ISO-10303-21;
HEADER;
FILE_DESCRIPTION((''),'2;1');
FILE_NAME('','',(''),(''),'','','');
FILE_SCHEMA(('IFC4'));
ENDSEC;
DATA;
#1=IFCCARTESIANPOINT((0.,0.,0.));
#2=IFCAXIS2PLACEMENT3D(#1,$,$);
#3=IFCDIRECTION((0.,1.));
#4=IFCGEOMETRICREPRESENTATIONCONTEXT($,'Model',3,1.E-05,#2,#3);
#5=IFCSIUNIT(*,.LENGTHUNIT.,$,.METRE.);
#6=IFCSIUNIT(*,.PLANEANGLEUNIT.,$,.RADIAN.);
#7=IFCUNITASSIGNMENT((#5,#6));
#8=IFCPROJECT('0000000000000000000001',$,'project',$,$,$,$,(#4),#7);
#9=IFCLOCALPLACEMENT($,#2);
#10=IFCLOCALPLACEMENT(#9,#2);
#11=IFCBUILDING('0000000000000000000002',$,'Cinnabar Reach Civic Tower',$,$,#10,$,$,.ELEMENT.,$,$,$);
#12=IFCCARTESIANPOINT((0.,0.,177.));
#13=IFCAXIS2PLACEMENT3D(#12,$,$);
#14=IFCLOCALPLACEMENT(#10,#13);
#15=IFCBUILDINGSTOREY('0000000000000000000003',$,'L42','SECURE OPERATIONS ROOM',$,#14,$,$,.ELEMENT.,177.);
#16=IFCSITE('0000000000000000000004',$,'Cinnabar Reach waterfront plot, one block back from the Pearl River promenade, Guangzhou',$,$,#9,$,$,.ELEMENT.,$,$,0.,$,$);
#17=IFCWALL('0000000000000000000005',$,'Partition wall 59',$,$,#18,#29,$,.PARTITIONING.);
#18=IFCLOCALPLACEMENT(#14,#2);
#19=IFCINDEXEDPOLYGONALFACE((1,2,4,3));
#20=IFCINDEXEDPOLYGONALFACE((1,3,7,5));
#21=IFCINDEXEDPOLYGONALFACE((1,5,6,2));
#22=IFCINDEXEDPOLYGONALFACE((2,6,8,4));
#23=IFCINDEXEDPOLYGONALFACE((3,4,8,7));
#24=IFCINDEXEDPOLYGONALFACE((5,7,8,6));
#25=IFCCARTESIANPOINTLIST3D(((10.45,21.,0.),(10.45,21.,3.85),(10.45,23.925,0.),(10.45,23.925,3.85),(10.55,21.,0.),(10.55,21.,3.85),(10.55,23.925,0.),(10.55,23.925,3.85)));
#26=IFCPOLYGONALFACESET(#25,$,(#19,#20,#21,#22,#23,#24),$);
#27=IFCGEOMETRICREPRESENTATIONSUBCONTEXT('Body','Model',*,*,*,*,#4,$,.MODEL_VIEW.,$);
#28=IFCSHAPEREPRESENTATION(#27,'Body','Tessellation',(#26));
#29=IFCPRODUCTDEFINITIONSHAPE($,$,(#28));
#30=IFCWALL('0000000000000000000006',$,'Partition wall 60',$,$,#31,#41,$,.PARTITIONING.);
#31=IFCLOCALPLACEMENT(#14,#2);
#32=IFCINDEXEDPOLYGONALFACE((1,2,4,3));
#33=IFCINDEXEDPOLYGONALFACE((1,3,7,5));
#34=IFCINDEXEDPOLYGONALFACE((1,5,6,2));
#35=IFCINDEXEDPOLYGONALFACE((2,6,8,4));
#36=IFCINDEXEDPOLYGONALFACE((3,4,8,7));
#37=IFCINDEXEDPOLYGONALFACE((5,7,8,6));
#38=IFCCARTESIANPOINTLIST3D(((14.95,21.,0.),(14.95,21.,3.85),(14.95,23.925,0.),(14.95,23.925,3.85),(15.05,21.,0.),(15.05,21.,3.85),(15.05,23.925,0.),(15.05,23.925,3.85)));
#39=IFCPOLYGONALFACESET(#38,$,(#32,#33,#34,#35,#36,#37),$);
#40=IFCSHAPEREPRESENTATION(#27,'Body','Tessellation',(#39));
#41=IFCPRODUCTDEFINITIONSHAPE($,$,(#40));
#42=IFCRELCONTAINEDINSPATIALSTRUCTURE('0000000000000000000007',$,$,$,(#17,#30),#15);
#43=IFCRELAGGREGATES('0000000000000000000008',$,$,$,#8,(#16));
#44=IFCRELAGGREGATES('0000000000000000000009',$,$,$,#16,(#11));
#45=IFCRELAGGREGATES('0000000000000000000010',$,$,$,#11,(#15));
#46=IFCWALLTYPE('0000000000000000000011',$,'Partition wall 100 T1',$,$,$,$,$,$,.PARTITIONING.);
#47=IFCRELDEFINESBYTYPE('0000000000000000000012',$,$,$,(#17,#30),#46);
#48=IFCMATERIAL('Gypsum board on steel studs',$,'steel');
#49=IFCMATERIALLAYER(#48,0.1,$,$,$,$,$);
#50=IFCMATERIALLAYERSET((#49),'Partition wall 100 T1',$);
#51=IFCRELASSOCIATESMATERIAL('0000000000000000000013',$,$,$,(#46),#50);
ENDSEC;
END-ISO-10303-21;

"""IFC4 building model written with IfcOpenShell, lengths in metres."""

from ifc_helpers import new_model, si_unit, direction, frame, frame_2d, origin, place, context, subcontext, project, spatial, rectangle, extrude, material, layer, layer_set, type_object, element, save


model = new_model("IFC4")

# Units and contexts
model_context = context("Model", 3, precision=1e-05, world=origin(), true_north=direction((0.0, 1.0)))
body_context = subcontext(model_context, "Body", "Model", "MODEL_VIEW")
ifc_project = project(units=[si_unit("LENGTHUNIT", "METRE"), si_unit("PLANEANGLEUNIT", "RADIAN")], contexts=[model_context])

# Site, building, storey
site_placement = place(None, origin())
site = spatial("IfcSite", under=ifc_project, at=site_placement, Name="Cinnabar Reach waterfront plot, one block back from the Pearl River promenade, Guangzhou", CompositionType="ELEMENT", RefElevation=0.0)
building_placement = place(site_placement, origin())
building = spatial("IfcBuilding", under=site, at=building_placement, Name="Cinnabar Reach Civic Tower", CompositionType="ELEMENT")
storey_placement = place(building_placement, frame((0.0, 0.0, 177.0)))
storey = spatial("IfcBuildingStorey", under=building, at=storey_placement, Name="L42", Description="SECURE OPERATIONS ROOM", CompositionType="ELEMENT", Elevation=177.0)

# Walls
ifc_material_1 = material(Name="Gypsum board on steel studs", Category="steel")
ifc_layer_1 = layer(ifc_material_1, 0.1)
ifc_layer_set_1 = layer_set([ifc_layer_1], Name="Partition wall 100 T1")
wall_type_1 = type_object("IfcWallType", Name="Partition wall 100 T1", PredefinedType="PARTITIONING", material=ifc_layer_set_1)
for number, where, z_axis, x_axis, name in (
    (1, (10.5, 21.0, 0.0), (0.0, 0.0, 1.0), (0.0, 1.0, 0.0), "Partition wall 59"),
    (2, (15.0, 21.0, 0.0), (0.0, 0.0, 1.0), (0.0, 1.0, 0.0), "Partition wall 60"),
):
    element("IfcWall", number, at=place(storey_placement, frame(where, z_axis=z_axis, x_axis=x_axis)), inside=storey, type_object=wall_type_1, Name=name, PredefinedType="PARTITIONING", context=body_context, shape_type="SweptSolid", body=[
        extrude(rectangle(XDim=2.925, YDim=0.1, at=frame_2d((1.4625, 0.0))), origin(), (0.0, 0.0, 1.0), 3.85),
    ])

save(model, "model.ifc")
